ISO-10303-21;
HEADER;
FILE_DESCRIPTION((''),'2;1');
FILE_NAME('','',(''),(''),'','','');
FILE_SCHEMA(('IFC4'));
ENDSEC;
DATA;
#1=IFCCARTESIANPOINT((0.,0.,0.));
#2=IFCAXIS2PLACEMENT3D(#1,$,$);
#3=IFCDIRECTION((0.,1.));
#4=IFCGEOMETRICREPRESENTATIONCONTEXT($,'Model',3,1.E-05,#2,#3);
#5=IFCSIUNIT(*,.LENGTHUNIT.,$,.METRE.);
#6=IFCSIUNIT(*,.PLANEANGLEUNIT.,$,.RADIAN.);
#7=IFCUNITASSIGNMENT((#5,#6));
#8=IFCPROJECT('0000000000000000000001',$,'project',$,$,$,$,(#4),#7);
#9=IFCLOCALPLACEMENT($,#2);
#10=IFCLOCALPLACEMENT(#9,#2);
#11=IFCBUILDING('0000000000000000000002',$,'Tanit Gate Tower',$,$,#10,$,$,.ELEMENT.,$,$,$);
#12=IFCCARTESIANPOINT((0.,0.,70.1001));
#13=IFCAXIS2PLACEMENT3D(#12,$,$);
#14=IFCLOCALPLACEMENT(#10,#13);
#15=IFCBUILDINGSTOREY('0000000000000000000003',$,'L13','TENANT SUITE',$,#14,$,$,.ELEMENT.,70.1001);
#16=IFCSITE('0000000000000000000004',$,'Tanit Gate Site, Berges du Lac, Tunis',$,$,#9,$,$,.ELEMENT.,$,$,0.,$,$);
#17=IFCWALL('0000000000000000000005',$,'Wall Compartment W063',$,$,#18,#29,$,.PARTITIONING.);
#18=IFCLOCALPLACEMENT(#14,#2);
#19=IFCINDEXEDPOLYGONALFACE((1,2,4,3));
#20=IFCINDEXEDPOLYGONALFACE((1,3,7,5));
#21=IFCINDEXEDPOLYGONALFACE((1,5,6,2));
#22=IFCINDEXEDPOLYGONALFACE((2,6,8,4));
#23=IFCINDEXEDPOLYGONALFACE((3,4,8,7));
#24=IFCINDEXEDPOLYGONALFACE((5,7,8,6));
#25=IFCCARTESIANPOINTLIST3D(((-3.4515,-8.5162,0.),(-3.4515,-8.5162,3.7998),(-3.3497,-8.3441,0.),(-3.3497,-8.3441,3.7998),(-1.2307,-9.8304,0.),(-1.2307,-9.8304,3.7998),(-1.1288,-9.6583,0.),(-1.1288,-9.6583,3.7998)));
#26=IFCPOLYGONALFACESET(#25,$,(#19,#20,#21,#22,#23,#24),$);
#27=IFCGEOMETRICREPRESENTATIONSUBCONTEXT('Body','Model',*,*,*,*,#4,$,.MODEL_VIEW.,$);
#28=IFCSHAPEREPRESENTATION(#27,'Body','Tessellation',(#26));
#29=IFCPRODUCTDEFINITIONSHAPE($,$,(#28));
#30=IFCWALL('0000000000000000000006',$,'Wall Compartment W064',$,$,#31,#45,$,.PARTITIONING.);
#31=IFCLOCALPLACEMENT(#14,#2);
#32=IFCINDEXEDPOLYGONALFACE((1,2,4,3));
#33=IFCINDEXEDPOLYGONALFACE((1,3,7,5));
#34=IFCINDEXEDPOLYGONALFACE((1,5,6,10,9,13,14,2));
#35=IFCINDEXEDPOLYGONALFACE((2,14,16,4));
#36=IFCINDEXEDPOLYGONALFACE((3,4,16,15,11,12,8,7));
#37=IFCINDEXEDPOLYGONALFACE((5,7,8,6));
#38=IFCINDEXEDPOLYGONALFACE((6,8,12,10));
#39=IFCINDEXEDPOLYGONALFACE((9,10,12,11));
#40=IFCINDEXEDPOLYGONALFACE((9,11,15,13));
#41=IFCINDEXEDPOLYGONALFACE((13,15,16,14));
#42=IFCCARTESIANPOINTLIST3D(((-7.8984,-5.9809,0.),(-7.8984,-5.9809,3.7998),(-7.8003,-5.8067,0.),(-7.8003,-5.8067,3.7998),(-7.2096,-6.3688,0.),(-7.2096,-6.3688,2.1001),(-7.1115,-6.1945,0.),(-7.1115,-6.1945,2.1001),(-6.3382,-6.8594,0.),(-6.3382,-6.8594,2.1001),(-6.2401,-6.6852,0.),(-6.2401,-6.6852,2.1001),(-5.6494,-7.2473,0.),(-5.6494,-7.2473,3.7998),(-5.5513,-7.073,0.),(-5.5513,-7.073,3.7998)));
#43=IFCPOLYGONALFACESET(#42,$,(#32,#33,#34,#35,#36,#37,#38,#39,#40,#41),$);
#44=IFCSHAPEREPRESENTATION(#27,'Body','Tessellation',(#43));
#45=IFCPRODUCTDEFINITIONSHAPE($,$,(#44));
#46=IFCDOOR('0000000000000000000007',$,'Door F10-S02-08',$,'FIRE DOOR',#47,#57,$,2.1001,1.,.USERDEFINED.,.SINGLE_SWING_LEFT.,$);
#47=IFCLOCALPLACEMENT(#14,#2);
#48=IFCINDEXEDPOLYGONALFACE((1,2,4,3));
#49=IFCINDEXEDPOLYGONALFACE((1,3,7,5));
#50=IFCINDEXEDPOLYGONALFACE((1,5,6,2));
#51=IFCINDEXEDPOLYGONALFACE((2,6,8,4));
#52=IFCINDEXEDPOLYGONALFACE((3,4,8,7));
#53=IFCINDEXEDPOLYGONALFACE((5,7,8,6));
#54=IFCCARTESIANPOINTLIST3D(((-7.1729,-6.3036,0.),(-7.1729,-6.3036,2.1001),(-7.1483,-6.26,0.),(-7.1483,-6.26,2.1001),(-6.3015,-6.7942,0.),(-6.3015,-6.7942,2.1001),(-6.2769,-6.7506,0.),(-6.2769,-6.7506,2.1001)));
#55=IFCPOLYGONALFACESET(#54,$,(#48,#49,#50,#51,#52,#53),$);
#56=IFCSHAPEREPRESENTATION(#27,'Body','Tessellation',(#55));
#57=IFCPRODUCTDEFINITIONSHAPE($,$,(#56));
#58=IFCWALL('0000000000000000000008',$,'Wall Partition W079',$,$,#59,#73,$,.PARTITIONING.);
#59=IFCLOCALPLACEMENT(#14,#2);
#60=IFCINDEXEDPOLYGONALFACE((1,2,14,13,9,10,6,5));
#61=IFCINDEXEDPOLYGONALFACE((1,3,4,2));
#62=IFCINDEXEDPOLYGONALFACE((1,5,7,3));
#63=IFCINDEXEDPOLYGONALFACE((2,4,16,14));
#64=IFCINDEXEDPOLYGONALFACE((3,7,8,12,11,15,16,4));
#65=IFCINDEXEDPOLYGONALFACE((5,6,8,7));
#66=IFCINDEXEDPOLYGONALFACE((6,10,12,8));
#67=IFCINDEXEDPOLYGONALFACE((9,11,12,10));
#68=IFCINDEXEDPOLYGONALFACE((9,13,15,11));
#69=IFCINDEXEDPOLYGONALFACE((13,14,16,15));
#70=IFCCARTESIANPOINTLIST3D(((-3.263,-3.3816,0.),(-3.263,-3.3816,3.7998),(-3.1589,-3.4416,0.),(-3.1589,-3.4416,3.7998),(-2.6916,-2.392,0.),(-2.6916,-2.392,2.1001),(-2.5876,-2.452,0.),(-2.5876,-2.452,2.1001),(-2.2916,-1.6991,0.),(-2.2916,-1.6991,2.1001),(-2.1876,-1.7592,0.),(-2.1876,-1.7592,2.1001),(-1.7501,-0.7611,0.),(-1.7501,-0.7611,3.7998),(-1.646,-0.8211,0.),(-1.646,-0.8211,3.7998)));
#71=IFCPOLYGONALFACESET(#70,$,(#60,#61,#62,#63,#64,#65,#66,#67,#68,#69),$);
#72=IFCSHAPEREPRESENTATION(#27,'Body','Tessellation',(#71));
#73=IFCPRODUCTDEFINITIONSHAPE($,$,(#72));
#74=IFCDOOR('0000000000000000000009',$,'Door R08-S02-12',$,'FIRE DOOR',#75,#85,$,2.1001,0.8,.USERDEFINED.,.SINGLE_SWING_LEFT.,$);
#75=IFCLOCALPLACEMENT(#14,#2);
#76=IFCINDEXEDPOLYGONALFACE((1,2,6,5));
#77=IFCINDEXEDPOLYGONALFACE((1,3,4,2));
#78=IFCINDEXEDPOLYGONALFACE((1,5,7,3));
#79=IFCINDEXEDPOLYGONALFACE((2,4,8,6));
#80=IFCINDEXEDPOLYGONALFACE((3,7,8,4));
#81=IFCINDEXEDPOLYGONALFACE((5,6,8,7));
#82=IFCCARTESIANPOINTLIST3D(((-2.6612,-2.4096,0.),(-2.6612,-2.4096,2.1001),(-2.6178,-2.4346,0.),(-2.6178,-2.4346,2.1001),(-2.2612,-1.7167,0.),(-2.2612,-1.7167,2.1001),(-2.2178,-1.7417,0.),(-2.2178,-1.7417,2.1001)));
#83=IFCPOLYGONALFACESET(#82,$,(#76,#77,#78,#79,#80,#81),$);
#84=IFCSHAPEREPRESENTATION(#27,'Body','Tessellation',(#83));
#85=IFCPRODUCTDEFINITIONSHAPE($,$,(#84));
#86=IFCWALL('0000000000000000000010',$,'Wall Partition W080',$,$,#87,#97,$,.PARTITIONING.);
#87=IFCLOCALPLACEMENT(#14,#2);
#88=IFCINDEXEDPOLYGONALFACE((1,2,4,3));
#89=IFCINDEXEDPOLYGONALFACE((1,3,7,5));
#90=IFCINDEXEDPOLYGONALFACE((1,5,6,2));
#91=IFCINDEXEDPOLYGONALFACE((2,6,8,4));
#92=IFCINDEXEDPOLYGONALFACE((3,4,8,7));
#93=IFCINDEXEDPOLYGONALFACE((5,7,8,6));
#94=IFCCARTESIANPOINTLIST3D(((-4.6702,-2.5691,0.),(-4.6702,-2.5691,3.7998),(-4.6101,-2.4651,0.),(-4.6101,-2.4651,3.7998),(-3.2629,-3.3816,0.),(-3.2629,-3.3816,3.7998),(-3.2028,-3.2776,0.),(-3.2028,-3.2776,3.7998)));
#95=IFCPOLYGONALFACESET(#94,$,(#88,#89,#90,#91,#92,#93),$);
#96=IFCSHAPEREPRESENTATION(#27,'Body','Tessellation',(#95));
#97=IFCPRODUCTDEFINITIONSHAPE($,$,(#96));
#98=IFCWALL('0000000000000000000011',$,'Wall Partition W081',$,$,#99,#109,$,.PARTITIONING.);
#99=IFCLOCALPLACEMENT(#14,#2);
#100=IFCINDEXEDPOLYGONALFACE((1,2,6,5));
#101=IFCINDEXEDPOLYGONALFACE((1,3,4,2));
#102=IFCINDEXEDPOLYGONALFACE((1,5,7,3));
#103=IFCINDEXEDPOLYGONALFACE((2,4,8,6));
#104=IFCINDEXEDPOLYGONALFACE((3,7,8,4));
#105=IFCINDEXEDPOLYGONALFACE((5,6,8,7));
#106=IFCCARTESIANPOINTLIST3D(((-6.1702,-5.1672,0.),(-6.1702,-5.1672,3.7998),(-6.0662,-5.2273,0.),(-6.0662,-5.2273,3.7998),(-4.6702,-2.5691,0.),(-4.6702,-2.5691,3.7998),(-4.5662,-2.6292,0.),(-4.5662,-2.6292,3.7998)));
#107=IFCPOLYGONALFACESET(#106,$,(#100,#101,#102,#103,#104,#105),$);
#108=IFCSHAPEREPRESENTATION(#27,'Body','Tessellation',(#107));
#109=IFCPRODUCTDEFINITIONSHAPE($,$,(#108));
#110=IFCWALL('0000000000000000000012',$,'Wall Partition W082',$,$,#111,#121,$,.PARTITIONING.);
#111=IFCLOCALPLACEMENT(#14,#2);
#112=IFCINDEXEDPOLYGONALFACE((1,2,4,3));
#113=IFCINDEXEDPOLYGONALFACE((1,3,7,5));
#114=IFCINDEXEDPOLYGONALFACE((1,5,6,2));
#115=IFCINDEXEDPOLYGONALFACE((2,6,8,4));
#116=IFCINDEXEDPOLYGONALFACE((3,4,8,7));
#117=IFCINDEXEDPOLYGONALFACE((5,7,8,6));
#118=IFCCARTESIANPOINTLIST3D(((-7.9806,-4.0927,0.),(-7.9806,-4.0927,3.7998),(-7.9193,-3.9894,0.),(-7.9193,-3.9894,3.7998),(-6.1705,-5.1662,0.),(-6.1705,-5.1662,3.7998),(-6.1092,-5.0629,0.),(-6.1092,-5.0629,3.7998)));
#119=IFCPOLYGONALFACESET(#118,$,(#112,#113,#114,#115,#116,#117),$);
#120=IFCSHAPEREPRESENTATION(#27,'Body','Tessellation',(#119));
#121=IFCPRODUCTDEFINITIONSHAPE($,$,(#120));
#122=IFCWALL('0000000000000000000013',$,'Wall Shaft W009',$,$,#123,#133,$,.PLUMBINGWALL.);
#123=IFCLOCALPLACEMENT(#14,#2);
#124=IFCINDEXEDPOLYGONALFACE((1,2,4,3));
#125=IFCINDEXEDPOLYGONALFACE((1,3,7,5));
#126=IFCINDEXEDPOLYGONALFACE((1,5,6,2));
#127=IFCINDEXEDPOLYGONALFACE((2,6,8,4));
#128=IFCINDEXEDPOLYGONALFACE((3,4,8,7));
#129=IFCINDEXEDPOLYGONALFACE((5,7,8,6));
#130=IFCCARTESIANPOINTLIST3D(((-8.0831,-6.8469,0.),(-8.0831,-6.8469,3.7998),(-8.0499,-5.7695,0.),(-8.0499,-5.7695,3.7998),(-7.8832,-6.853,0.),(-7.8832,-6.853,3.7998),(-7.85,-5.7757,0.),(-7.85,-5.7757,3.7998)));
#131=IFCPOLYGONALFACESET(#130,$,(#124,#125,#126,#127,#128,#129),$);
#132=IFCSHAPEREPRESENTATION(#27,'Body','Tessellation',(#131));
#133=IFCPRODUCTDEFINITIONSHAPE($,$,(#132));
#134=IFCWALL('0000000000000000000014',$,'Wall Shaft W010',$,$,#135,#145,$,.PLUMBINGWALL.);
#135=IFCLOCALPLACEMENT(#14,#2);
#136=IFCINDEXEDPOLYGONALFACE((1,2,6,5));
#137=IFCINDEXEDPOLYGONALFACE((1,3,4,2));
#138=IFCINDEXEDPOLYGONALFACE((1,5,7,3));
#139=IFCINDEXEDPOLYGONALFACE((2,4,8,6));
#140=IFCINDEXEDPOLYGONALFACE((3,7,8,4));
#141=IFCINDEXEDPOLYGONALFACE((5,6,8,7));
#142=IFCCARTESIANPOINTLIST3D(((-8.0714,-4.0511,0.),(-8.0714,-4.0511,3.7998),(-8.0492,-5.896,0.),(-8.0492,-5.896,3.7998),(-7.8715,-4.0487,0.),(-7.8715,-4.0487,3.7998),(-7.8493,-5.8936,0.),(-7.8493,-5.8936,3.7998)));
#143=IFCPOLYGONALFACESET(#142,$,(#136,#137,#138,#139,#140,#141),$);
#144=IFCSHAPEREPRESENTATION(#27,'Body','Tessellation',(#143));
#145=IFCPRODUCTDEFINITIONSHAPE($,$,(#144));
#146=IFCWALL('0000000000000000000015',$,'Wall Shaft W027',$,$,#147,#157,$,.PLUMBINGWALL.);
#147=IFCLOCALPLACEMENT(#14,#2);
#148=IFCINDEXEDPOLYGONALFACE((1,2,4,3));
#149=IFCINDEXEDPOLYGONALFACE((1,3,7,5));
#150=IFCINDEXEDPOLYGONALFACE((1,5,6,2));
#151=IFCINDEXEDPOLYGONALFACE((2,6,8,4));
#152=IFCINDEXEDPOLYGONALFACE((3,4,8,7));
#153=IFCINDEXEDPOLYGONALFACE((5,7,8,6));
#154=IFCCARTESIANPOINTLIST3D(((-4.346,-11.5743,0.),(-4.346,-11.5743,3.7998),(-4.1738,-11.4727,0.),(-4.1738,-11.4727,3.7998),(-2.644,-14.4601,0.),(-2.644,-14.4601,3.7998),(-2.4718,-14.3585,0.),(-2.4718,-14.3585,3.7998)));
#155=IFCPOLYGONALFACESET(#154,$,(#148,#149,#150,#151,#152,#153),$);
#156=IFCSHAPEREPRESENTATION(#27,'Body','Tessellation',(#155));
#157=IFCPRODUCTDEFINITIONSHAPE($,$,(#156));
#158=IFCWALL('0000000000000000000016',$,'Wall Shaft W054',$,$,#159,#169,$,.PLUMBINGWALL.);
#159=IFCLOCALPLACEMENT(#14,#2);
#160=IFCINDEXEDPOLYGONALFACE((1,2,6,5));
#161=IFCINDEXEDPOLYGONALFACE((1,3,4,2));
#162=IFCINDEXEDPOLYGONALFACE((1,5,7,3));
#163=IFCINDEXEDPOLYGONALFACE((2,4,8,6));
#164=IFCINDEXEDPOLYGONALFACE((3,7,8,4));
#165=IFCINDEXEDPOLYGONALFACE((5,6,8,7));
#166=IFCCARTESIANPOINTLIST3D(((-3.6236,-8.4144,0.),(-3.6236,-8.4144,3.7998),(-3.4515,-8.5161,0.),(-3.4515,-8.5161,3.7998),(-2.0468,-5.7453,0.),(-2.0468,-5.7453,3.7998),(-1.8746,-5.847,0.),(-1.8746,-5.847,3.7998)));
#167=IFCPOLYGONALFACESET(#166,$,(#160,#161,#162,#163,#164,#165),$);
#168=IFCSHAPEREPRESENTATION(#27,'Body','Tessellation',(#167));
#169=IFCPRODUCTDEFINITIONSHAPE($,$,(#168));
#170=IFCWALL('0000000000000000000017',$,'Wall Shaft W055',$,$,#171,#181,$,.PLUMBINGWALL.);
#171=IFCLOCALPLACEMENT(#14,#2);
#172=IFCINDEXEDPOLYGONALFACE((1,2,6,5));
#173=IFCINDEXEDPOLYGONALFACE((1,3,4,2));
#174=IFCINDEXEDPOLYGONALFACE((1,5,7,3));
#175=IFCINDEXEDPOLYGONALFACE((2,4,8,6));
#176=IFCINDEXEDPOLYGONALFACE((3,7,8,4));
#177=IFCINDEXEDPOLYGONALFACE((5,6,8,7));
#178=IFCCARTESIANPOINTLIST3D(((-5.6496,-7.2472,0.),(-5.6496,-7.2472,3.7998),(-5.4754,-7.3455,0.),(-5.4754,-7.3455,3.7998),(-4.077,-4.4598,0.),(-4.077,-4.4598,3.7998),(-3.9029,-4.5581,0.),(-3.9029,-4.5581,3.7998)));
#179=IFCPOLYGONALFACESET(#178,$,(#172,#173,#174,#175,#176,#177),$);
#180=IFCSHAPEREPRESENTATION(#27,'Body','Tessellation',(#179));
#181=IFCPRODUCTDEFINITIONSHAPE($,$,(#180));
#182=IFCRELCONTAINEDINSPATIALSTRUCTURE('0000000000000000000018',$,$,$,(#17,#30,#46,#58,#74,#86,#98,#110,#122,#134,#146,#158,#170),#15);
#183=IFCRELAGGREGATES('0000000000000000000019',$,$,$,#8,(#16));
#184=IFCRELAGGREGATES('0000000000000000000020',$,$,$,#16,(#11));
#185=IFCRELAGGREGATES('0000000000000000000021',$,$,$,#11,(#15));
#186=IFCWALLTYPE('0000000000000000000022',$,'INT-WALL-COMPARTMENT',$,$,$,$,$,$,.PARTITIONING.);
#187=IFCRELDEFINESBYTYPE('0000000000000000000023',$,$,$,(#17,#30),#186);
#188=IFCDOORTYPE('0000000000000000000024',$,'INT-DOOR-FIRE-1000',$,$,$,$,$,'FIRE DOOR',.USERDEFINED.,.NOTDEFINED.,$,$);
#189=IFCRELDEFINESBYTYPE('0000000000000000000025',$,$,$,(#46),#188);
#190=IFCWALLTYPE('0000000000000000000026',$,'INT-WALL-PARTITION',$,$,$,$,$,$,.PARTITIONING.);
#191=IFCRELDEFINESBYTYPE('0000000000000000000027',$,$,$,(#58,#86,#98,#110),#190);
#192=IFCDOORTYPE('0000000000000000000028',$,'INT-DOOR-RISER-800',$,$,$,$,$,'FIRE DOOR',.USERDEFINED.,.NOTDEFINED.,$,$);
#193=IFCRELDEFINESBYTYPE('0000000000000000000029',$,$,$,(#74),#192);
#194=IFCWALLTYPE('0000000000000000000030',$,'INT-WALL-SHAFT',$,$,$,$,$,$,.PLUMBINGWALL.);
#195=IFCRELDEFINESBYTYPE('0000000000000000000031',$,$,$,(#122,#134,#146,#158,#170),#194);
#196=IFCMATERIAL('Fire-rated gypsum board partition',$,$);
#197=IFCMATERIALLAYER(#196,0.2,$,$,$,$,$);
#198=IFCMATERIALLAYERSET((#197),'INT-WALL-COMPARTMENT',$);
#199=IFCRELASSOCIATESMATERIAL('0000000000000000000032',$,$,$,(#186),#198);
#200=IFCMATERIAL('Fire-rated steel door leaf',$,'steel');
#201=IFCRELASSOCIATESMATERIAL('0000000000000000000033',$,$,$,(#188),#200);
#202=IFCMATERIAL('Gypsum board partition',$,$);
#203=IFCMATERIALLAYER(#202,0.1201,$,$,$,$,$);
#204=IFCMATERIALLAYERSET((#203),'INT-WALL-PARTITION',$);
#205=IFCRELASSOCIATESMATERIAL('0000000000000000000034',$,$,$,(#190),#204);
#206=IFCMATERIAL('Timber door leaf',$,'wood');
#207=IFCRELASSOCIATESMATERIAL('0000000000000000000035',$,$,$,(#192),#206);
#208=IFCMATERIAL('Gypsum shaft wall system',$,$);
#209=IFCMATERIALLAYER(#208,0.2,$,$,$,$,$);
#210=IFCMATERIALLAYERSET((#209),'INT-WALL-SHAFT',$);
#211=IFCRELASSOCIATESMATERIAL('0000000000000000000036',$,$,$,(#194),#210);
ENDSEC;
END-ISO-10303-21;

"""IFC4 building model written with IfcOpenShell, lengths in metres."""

from ifc_helpers import new_model, si_unit, direction, frame, frame_2d, origin, place, context, subcontext, project, spatial, rectangle, extrude, material, layer, layer_set, type_object, element, fill, save


model = new_model("IFC4")

# Units and contexts
model_context = context("Model", 3, precision=1e-05, world=origin(), true_north=direction((0.0, 1.0)))
body_context = subcontext(model_context, "Body", "Model", "MODEL_VIEW")
ifc_project = project(units=[si_unit("LENGTHUNIT", "METRE"), si_unit("PLANEANGLEUNIT", "RADIAN")], contexts=[model_context])

# Site, building, storey
site_placement = place(None, origin())
site = spatial("IfcSite", under=ifc_project, at=site_placement, Name="Tanit Gate Site, Berges du Lac, Tunis", CompositionType="ELEMENT", RefElevation=0.0)
building_placement = place(site_placement, origin())
building = spatial("IfcBuilding", under=site, at=building_placement, Name="Tanit Gate Tower", CompositionType="ELEMENT")
storey_placement = place(building_placement, frame((0.0, 0.0, 70.1001)))
storey = spatial("IfcBuildingStorey", under=building, at=storey_placement, Name="L13", Description="TENANT SUITE", CompositionType="ELEMENT", Elevation=70.1001)

# Wall
ifc_material_1 = material(Name="Fire-rated gypsum board partition")
ifc_layer_1 = layer(ifc_material_1, 0.2)
ifc_layer_set_1 = layer_set([ifc_layer_1], Name="INT-WALL-COMPARTMENT")
wall_type_1 = type_object("IfcWallType", Name="INT-WALL-COMPARTMENT", PredefinedType="PARTITIONING", material=ifc_layer_set_1)
wall_1_placement = place(storey_placement, frame((-3.4006, -8.4302, 0.0), z_axis=(0.0, 0.0, 1.0), x_axis=(0.860616, -0.509255, 0.0)))
element("IfcWall", 1, at=wall_1_placement, inside=storey, type_object=wall_type_1, Name="Wall Compartment W063", PredefinedType="PARTITIONING", context=body_context, shape_type="SweptSolid", body=[
    extrude(rectangle(XDim=2.5806, YDim=0.2, at=frame_2d((1.2903, 0.0))), origin(), (0.0, 0.0, 1.0), 3.7998),
])

# Walls, openings, doors
wall_2_placement = place(storey_placement, frame((-7.8494, -5.8938, 0.0), z_axis=(0.0, 0.0, 1.0), x_axis=(0.871363, -0.490638, 0.0)))
wall_2 = element("IfcWall", 2, at=wall_2_placement, inside=storey, type_object=wall_type_1, Name="Wall Compartment W064", PredefinedType="PARTITIONING", context=body_context, shape_type="SweptSolid", body=[
    extrude(rectangle(XDim=2.5811, YDim=0.2, at=frame_2d((1.2905, 0.0))), origin(), (0.0, 0.0, 1.0), 3.7998),
])
opening_1_placement = place(wall_2_placement, frame((0.7905, 0.0, 0.0)))
opening_1 = element("IfcOpeningElement", 3, at=opening_1_placement, cuts=wall_2, PredefinedType="OPENING", context=body_context, shape_type="SweptSolid", body=[
    extrude(rectangle(XDim=1.0, YDim=2.1001, at=frame_2d((0.5, 1.05))), frame((0.0, 0.1099, 0.0), z_axis=(0.0, -1.0, 0.0), x_axis=(1.0, 0.0, 0.0)), (0.0, 0.0, 1.0), 0.22),
])
ifc_material_2 = material(Name="Fire-rated steel door leaf", Category="steel")
door_type_1 = type_object("IfcDoorType", Name="INT-DOOR-FIRE-1000", ElementType="FIRE DOOR", OperationType="NOTDEFINED", PredefinedType="USERDEFINED", material=ifc_material_2)
door_1_placement = place(opening_1_placement, origin())
door_1 = element("IfcDoor", 4, at=door_1_placement, inside=storey, type_object=door_type_1, Name="Door F10-S02-08", ObjectType="FIRE DOOR", OperationType="SINGLE_SWING_LEFT", OverallHeight=2.1001, OverallWidth=1.0, PredefinedType="USERDEFINED", context=body_context, shape_type="SweptSolid", body=[
    extrude(rectangle(XDim=1.0, YDim=2.1001, at=frame_2d((0.5, 1.05))), frame((0.0, 0.0249, 0.0), z_axis=(0.0, -1.0, 0.0), x_axis=(1.0, 0.0, 0.0)), (0.0, 0.0, 1.0), 0.05),
])
fill(opening_1, door_1)
ifc_material_3 = material(Name="Gypsum board partition")
ifc_layer_2 = layer(ifc_material_3, 0.1201)
ifc_layer_set_2 = layer_set([ifc_layer_2], Name="INT-WALL-PARTITION")
wall_type_2 = type_object("IfcWallType", Name="INT-WALL-PARTITION", PredefinedType="PARTITIONING", material=ifc_layer_set_2)
wall_3_placement = place(storey_placement, frame((-3.2109, -3.4116, 0.0), z_axis=(0.0, 0.0, 1.0), x_axis=(0.499983, 0.866035, 0.0)))
wall_3 = element("IfcWall", 5, at=wall_3_placement, inside=storey, type_object=wall_type_2, Name="Wall Partition W079", PredefinedType="PARTITIONING", context=body_context, shape_type="SweptSolid", body=[
    extrude(rectangle(XDim=3.0259, YDim=0.1201, at=frame_2d((1.5129, 0.0))), origin(), (0.0, 0.0, 1.0), 3.7998),
])
opening_2_placement = place(wall_3_placement, frame((1.1428, 0.0, 0.0)))
opening_2 = element("IfcOpeningElement", 6, at=opening_2_placement, cuts=wall_3, PredefinedType="OPENING", context=body_context, shape_type="SweptSolid", body=[
    extrude(rectangle(XDim=0.8, YDim=2.1001, at=frame_2d((0.3999, 1.05))), frame((0.0, 0.0701, 0.0), z_axis=(0.0, -1.0, 0.0), x_axis=(1.0, 0.0, 0.0)), (0.0, 0.0, 1.0), 0.1401),
])
ifc_material_4 = material(Name="Timber door leaf", Category="wood")
door_type_2 = type_object("IfcDoorType", Name="INT-DOOR-RISER-800", ElementType="FIRE DOOR", OperationType="NOTDEFINED", PredefinedType="USERDEFINED", material=ifc_material_4)
door_2_placement = place(opening_2_placement, origin())
door_2 = element("IfcDoor", 7, at=door_2_placement, inside=storey, type_object=door_type_2, Name="Door R08-S02-12", ObjectType="FIRE DOOR", OperationType="SINGLE_SWING_LEFT", OverallHeight=2.1001, OverallWidth=0.8, PredefinedType="USERDEFINED", context=body_context, shape_type="SweptSolid", body=[
    extrude(rectangle(XDim=0.8, YDim=2.1001, at=frame_2d((0.3999, 1.05))), frame((0.0, 0.0249, 0.0), z_axis=(0.0, -1.0, 0.0), x_axis=(1.0, 0.0, 0.0)), (0.0, 0.0, 1.0), 0.05),
])
fill(opening_2, door_2)

# Walls
wall_4_placement = place(storey_placement, frame((-4.6401, -2.5171, 0.0), z_axis=(0.0, 0.0, 1.0), x_axis=(0.866015, -0.500017, 0.0)))
element("IfcWall", 8, at=wall_4_placement, inside=storey, type_object=wall_type_2, Name="Wall Partition W080", PredefinedType="PARTITIONING", context=body_context, shape_type="SweptSolid", body=[
    extrude(rectangle(XDim=1.625, YDim=0.1201, at=frame_2d((0.8125, 0.0))), origin(), (0.0, 0.0, 1.0), 3.7998),
])
wall_5_placement = place(storey_placement, frame((-6.1182, -5.1973, 0.0), z_axis=(0.0, 0.0, 1.0), x_axis=(0.49999, 0.866031, 0.0)))
element("IfcWall", 9, at=wall_5_placement, inside=storey, type_object=wall_type_2, Name="Wall Partition W081", PredefinedType="PARTITIONING", context=body_context, shape_type="SweptSolid", body=[
    extrude(rectangle(XDim=3.0, YDim=0.1201, at=frame_2d((1.5, 0.0))), origin(), (0.0, 0.0, 1.0), 3.7998),
])
wall_6_placement = place(storey_placement, frame((-7.95, -4.041, 0.0), z_axis=(0.0, 0.0, 1.0), x_axis=(0.860112, -0.510104, 0.0)))
element("IfcWall", 10, at=wall_6_placement, inside=storey, type_object=wall_type_2, Name="Wall Partition W082", PredefinedType="PARTITIONING", context=body_context, shape_type="SweptSolid", body=[
    extrude(rectangle(XDim=2.1045, YDim=0.1201, at=frame_2d((1.0522, 0.0))), origin(), (0.0, 0.0, 1.0), 3.7998),
])
ifc_material_5 = material(Name="Gypsum shaft wall system")
ifc_layer_3 = layer(ifc_material_5, 0.2)
ifc_layer_set_3 = layer_set([ifc_layer_3], Name="INT-WALL-SHAFT")
wall_type_3 = type_object("IfcWallType", Name="INT-WALL-SHAFT", PredefinedType="PLUMBINGWALL", material=ifc_layer_set_3)
wall_7_placement = place(storey_placement, frame((-7.95, -5.7725, 0.0), z_axis=(0.0, 0.0, 1.0), x_axis=(-0.030803, -0.999525, 0.0)))
element("IfcWall", 11, at=wall_7_placement, inside=storey, type_object=wall_type_3, Name="Wall Shaft W009", PredefinedType="PLUMBINGWALL", context=body_context, shape_type="SweptSolid", body=[
    extrude(rectangle(XDim=1.0779, YDim=0.2, at=frame_2d((0.5391, 0.0))), origin(), (0.0, 0.0, 1.0), 3.7998),
])
wall_8_placement = place(storey_placement, frame((-7.9714, -4.05, 0.0), z_axis=(0.0, 0.0, 1.0), x_axis=(0.012043, -0.999927, 0.0)))
element("IfcWall", 12, at=wall_8_placement, inside=storey, type_object=wall_type_3, Name="Wall Shaft W010", PredefinedType="PLUMBINGWALL", context=body_context, shape_type="SweptSolid", body=[
    extrude(rectangle(XDim=1.845, YDim=0.2, at=frame_2d((0.9224, 0.0))), origin(), (0.0, 0.0, 1.0), 3.7998),
])
wall_9_placement = place(storey_placement, frame((-2.5579, -14.4094, 0.0), z_axis=(0.0, 0.0, 1.0), x_axis=(-0.507997, 0.861359, 0.0)))
element("IfcWall", 13, at=wall_9_placement, inside=storey, type_object=wall_type_3, Name="Wall Shaft W027", PredefinedType="PLUMBINGWALL", context=body_context, shape_type="SweptSolid", body=[
    extrude(rectangle(XDim=3.3503, YDim=0.2, at=frame_2d((1.6753, 0.0))), origin(), (0.0, 0.0, 1.0), 3.7998),
])

# Walls
wall_10_placement = place(storey_placement, frame((-1.9607, -5.7961, 0.0), z_axis=(0.0, 0.0, 1.0), x_axis=(-0.508647, -0.860975, 0.0)))
element("IfcWall", 14, at=wall_10_placement, inside=storey, type_object=wall_type_3, Name="Wall Shaft W054", PredefinedType="PLUMBINGWALL", context=body_context, shape_type="SweptSolid", body=[
    extrude(rectangle(XDim=3.1001, YDim=0.2, at=frame_2d((1.55, 0.0))), origin(), (0.0, 0.0, 1.0), 3.7998),
])
wall_11_placement = place(storey_placement, frame((-3.99, -4.509, 0.0), z_axis=(0.0, 0.0, 1.0), x_axis=(-0.491358, -0.870958, 0.0)))
element("IfcWall", 15, at=wall_11_placement, inside=storey, type_object=wall_type_3, Name="Wall Shaft W055", PredefinedType="PLUMBINGWALL", context=body_context, shape_type="SweptSolid", body=[
    extrude(rectangle(XDim=3.2004, YDim=0.2, at=frame_2d((1.6001, 0.0))), origin(), (0.0, 0.0, 1.0), 3.7998),
])

save(model, "model.ifc")
